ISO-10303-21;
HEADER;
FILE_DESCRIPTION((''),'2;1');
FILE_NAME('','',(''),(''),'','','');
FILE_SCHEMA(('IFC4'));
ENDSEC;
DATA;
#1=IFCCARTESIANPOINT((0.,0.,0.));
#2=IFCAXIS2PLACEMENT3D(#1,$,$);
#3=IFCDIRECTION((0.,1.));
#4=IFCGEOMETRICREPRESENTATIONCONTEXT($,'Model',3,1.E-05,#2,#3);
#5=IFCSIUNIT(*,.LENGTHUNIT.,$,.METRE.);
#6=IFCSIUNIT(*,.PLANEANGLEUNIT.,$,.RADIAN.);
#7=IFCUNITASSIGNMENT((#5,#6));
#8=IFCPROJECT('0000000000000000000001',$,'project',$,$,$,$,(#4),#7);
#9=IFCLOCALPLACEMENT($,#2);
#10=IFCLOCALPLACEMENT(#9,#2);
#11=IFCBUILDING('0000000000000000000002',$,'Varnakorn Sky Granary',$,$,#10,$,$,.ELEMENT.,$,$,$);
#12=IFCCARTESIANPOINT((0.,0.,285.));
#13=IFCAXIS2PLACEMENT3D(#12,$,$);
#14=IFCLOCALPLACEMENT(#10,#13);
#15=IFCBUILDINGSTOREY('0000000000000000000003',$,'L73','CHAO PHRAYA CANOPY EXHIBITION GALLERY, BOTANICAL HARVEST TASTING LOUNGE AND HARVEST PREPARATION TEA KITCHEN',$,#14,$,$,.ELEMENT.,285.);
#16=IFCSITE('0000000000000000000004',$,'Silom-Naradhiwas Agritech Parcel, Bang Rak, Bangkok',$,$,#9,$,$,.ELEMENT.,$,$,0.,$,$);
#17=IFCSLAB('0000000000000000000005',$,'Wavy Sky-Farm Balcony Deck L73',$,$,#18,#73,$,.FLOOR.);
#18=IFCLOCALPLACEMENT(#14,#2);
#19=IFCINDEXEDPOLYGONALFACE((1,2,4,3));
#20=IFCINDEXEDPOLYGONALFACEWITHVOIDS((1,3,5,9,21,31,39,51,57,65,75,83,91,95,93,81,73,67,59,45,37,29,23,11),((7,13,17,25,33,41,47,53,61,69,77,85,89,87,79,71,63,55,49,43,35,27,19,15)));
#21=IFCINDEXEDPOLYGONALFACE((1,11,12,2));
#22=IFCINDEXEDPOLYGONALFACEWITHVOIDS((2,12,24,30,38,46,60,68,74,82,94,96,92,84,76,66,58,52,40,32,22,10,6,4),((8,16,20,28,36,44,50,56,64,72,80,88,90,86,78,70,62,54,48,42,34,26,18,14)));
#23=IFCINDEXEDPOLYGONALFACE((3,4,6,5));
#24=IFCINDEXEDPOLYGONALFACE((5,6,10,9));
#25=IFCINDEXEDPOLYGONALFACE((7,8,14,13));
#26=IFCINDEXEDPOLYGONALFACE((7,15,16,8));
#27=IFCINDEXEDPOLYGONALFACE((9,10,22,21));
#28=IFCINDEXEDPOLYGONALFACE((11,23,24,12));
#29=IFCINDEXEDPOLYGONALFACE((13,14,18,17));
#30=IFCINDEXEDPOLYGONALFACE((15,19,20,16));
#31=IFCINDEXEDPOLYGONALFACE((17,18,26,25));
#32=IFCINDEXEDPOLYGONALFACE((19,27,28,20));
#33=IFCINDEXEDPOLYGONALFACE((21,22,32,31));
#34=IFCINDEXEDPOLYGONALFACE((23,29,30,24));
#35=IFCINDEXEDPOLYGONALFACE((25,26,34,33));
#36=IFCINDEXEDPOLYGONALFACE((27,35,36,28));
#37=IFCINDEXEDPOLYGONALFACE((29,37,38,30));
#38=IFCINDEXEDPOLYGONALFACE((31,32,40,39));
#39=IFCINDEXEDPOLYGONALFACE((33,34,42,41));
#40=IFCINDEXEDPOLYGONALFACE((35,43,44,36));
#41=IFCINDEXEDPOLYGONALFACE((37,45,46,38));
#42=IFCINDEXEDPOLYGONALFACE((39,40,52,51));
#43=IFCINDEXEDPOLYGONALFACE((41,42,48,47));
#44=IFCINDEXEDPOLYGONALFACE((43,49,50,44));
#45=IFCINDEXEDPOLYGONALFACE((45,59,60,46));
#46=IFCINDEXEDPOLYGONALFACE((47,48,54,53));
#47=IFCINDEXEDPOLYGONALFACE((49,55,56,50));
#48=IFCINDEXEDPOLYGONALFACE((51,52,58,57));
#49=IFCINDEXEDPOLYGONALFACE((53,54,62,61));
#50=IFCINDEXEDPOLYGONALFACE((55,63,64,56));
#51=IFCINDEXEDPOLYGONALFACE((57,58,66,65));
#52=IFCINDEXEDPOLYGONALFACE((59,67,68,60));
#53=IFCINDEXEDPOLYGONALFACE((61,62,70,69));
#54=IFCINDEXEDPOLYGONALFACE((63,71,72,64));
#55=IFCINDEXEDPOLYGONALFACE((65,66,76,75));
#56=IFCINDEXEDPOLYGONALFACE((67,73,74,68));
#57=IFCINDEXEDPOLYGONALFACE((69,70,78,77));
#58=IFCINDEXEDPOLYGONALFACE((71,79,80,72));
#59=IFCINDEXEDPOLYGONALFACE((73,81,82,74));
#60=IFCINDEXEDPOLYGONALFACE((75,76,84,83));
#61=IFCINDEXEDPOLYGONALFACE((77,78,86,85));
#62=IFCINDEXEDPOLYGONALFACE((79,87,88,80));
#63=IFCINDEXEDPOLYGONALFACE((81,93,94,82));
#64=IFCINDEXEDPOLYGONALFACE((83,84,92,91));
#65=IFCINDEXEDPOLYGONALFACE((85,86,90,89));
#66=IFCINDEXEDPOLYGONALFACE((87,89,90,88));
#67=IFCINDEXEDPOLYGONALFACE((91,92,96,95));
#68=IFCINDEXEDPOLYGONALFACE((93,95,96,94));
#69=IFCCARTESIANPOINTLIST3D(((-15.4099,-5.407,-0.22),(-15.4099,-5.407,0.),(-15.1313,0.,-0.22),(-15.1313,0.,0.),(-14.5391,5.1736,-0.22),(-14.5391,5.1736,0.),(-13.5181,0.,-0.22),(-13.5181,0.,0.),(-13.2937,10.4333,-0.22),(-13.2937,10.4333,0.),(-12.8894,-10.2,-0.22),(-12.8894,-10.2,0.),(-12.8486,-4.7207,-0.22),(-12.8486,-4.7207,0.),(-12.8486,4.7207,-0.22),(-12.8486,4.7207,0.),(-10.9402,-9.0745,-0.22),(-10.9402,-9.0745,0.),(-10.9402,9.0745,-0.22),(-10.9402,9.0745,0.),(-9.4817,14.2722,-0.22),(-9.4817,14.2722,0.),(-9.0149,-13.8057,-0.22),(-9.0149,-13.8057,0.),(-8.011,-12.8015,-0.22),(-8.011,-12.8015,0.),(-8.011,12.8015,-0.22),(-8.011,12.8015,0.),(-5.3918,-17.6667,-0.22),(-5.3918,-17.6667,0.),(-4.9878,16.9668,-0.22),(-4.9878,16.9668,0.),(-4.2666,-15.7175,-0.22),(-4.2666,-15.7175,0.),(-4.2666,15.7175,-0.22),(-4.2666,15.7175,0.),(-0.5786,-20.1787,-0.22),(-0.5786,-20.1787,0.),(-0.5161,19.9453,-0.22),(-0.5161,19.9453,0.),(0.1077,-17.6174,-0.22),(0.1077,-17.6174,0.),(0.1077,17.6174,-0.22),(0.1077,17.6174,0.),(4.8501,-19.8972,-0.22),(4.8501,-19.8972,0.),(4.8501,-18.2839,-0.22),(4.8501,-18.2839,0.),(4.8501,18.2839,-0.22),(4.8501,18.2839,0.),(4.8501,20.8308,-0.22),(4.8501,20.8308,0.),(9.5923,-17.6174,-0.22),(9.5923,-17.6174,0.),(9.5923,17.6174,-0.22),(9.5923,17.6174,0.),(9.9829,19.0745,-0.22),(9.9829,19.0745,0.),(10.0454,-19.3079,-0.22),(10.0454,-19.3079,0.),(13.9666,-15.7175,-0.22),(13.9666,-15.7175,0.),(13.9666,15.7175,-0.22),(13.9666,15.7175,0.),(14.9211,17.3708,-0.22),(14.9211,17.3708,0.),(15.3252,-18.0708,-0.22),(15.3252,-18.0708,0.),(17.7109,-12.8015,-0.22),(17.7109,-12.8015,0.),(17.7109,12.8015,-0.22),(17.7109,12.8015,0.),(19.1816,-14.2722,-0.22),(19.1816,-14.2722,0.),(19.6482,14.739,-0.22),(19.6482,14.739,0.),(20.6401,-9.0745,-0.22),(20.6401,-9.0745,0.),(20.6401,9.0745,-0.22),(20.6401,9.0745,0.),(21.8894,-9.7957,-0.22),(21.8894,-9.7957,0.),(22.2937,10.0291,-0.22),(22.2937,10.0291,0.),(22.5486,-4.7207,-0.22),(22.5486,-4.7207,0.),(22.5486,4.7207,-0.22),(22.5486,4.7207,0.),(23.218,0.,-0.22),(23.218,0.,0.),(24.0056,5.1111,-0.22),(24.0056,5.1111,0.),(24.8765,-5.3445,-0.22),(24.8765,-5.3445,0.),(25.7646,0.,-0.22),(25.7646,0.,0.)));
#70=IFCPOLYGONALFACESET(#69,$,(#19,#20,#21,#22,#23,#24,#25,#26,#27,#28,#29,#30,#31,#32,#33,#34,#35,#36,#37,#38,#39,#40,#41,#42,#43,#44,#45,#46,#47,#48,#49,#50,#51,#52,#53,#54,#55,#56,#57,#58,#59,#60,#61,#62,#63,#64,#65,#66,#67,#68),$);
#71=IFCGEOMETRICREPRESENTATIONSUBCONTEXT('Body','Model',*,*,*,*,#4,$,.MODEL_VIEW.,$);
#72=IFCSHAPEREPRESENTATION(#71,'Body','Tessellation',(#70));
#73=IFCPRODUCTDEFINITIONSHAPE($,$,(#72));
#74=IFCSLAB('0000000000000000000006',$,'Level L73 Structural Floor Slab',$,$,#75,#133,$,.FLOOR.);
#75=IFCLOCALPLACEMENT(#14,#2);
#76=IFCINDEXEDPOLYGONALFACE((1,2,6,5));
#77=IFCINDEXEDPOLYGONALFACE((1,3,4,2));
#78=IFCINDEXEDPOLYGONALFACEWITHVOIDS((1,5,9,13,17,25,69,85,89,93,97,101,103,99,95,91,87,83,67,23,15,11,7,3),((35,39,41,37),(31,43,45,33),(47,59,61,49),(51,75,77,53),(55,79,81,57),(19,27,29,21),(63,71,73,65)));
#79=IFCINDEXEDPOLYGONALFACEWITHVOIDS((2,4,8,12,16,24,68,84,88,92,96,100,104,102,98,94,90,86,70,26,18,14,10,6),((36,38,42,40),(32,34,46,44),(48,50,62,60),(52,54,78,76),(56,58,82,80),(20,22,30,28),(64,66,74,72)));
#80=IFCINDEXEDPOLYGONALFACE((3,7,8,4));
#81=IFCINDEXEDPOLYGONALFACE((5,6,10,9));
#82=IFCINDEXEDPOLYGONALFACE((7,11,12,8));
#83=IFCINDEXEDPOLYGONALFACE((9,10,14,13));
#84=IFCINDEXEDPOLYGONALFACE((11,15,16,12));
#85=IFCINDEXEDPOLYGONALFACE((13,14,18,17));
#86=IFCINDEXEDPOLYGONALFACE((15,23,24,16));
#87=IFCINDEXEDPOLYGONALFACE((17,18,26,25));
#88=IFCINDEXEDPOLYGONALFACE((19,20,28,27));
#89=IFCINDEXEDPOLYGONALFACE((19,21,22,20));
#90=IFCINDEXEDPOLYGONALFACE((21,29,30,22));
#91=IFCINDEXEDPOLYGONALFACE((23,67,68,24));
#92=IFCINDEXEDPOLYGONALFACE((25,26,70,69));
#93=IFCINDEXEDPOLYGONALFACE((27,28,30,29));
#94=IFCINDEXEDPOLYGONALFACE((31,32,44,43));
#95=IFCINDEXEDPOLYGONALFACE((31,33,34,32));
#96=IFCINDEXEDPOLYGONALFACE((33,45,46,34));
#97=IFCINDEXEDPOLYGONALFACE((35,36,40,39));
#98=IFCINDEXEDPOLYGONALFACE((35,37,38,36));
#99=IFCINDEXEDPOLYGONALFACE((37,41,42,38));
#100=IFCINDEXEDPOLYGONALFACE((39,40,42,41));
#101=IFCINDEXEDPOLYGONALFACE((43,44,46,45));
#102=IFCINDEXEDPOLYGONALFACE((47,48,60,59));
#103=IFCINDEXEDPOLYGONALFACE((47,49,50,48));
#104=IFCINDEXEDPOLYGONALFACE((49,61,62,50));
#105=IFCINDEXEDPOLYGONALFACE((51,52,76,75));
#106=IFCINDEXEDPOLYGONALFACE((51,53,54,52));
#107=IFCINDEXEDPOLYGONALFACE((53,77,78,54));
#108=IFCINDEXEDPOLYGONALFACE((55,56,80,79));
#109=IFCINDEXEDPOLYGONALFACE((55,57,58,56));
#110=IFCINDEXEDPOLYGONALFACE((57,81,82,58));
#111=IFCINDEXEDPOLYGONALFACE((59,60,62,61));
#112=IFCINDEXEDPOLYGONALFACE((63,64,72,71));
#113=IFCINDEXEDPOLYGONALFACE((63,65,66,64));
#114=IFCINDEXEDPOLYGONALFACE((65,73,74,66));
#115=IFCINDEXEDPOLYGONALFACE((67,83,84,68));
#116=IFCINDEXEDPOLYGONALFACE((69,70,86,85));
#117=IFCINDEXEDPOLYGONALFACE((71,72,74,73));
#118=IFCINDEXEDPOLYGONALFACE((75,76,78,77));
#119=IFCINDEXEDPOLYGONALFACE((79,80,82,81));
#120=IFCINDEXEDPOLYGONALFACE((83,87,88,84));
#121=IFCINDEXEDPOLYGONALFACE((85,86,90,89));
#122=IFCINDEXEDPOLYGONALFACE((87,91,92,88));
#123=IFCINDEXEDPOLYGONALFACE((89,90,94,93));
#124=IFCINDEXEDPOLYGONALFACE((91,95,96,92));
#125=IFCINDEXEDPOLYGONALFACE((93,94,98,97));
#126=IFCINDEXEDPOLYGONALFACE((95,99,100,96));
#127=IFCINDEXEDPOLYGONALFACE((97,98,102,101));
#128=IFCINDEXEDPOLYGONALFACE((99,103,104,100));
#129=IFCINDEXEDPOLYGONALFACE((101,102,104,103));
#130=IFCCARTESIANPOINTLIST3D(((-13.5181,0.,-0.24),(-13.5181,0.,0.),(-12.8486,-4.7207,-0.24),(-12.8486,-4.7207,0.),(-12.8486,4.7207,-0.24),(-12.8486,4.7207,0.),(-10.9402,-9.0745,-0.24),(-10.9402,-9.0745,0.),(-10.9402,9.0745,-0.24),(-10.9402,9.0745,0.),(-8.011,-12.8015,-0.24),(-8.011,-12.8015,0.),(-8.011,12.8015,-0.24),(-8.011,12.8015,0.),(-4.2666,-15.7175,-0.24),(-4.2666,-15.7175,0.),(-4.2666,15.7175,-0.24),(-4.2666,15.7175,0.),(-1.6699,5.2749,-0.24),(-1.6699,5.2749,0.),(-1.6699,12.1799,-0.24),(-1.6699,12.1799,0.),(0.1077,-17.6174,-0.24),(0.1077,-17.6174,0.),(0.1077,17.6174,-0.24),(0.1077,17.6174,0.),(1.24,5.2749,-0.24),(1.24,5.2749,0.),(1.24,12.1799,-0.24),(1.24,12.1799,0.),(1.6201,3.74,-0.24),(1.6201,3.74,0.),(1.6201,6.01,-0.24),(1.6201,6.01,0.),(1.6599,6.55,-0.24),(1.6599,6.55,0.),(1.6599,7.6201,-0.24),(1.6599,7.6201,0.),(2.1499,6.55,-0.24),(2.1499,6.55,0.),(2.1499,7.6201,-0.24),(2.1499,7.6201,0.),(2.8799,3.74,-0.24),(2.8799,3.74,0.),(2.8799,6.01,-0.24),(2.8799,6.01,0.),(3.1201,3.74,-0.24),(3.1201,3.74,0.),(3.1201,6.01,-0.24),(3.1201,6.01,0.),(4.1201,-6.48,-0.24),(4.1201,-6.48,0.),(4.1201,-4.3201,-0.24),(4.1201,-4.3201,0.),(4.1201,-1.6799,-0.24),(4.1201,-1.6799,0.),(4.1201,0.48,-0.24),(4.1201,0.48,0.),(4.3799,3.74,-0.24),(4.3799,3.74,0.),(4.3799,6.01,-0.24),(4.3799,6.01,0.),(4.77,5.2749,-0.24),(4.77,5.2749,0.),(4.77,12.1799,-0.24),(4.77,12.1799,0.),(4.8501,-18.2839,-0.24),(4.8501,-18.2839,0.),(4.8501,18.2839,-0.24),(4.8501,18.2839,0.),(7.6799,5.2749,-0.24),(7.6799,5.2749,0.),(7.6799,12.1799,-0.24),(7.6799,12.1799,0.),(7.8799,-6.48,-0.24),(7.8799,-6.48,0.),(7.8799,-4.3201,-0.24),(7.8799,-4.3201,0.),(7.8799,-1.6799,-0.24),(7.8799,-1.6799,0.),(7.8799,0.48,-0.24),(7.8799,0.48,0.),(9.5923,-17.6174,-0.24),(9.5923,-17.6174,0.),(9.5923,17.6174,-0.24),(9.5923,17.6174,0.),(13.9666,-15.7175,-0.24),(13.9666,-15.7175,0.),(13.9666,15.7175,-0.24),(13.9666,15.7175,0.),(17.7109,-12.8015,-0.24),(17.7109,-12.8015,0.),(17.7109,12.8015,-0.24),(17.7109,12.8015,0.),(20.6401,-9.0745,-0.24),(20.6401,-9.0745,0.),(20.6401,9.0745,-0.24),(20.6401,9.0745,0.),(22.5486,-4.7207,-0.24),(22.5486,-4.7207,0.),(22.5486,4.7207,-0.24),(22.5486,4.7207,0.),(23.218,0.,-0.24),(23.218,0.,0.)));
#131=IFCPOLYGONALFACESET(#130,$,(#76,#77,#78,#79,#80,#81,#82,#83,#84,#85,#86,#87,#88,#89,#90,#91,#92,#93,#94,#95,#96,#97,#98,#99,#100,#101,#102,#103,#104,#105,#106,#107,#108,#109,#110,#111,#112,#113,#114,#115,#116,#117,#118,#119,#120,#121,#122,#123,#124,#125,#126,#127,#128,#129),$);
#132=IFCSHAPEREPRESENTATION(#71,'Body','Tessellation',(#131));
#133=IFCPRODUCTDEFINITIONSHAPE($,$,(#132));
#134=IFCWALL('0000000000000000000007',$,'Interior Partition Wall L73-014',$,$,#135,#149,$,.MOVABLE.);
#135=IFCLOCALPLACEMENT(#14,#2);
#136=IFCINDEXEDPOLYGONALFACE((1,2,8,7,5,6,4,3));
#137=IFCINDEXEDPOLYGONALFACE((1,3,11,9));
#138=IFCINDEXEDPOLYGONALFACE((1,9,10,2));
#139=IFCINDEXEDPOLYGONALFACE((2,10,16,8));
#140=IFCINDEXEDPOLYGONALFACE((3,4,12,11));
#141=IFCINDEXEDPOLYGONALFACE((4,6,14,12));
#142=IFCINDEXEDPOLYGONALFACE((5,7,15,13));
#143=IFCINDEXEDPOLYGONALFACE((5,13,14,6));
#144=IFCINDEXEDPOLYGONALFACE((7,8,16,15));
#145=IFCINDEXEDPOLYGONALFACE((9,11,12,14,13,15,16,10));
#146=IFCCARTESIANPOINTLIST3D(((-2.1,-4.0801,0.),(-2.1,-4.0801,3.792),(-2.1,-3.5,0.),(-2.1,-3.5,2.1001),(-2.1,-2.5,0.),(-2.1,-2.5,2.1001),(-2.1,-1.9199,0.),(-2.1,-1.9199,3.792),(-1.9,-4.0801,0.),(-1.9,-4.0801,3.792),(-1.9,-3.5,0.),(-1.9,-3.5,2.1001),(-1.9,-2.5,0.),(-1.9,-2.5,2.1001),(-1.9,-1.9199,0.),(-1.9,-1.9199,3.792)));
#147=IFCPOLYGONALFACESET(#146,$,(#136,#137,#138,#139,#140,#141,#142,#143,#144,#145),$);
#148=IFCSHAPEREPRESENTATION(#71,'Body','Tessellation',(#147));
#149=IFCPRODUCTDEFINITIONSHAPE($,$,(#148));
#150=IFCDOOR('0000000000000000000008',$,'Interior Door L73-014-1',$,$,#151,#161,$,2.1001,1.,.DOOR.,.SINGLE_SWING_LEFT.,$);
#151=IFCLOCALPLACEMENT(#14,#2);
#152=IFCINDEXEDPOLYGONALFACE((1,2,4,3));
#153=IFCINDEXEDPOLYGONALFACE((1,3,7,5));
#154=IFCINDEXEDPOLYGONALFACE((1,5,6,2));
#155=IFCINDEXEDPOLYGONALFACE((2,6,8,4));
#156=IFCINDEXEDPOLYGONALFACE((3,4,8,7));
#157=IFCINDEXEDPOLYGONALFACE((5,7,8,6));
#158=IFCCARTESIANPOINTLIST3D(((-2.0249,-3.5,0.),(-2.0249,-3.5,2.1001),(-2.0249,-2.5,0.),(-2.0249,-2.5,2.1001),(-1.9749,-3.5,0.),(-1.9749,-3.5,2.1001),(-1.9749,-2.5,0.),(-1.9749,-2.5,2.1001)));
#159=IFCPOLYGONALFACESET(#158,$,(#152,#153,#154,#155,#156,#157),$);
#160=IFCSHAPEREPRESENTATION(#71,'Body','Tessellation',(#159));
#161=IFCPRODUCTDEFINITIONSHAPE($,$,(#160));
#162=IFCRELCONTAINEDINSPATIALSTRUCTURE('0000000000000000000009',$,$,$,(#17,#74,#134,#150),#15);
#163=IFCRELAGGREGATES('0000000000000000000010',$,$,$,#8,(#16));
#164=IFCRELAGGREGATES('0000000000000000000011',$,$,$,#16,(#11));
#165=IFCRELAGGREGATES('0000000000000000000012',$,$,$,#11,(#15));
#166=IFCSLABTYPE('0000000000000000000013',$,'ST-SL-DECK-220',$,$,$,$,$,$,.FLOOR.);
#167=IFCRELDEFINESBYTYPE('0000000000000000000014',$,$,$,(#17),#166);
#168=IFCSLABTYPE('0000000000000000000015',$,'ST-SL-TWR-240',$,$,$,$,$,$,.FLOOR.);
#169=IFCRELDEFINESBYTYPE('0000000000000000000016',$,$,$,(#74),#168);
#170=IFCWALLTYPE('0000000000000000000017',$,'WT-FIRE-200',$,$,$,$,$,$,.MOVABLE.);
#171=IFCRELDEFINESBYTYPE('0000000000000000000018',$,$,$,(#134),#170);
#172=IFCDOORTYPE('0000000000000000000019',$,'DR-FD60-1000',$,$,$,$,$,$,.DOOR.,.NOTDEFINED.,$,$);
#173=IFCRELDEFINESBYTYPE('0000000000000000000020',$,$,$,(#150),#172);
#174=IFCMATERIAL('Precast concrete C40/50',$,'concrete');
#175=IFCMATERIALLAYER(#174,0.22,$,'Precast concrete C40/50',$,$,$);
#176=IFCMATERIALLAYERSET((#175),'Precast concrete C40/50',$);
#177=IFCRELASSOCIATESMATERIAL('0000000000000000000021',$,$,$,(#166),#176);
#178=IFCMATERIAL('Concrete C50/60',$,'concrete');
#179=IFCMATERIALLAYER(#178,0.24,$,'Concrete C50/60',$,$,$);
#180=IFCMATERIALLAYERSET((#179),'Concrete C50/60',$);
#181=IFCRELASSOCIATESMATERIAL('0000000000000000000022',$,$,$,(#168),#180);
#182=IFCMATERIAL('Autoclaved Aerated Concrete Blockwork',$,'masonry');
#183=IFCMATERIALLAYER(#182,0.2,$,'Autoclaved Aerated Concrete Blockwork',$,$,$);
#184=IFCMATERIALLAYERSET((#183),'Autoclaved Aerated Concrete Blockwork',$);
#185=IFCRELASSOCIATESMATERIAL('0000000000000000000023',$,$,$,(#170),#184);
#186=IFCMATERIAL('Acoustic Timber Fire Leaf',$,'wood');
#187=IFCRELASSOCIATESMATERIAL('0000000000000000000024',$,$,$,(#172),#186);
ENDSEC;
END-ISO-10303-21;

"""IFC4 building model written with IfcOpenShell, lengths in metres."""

from ifc_helpers import new_model, si_unit, direction, frame, frame_2d, origin, place, context, subcontext, project, spatial, polyline, rectangle, outline, extrude, material, layer, layer_set, type_object, element, fill, save


model = new_model("IFC4")

# Units and contexts
model_context = context("Model", 3, precision=1e-05, world=origin(), true_north=direction((0.0, 1.0)))
body_context = subcontext(model_context, "Body", "Model", "MODEL_VIEW")
ifc_project = project(units=[si_unit("LENGTHUNIT", "METRE"), si_unit("PLANEANGLEUNIT", "RADIAN")], contexts=[model_context])

# Site, building, storey
site_placement = place(None, origin())
site = spatial("IfcSite", under=ifc_project, at=site_placement, Name="Silom-Naradhiwas Agritech Parcel, Bang Rak, Bangkok", CompositionType="ELEMENT", RefElevation=0.0)
building_placement = place(site_placement, origin())
building = spatial("IfcBuilding", under=site, at=building_placement, Name="Varnakorn Sky Granary", CompositionType="ELEMENT")
storey_placement = place(building_placement, frame((0.0, 0.0, 285.0)))
storey = spatial("IfcBuildingStorey", under=building, at=storey_placement, Name="L73", Description="CHAO PHRAYA CANOPY EXHIBITION GALLERY, BOTANICAL HARVEST TASTING LOUNGE AND HARVEST PREPARATION TEA KITCHEN", CompositionType="ELEMENT", Elevation=285.0)

# Shared definitions
ifc_material_1 = material(Name="Concrete C50/60", Category="concrete")

# Slabs
ifc_material_2 = material(Name="Precast concrete C40/50", Category="concrete")
ifc_layer_1 = layer(ifc_material_2, 0.22, Name="Precast concrete C40/50")
ifc_layer_set_1 = layer_set([ifc_layer_1], Name="Precast concrete C40/50")
slab_type_1 = type_object("IfcSlabType", Name="ST-SL-DECK-220", PredefinedType="FLOOR", material=ifc_layer_set_1)
slab_1_placement = place(storey_placement, frame((0.0, 0.0, -0.22)))
element("IfcSlab", 1, at=slab_1_placement, inside=storey, type_object=slab_type_1, Name="Wavy Sky-Farm Balcony Deck L73", PredefinedType="FLOOR", context=body_context, shape_type="SweptSolid", body=[
    extrude(outline(polyline([(25.7646, 0.0), (24.0056, 5.1111), (22.2937, 10.0291), (19.6482, 14.739), (14.9211, 17.3708), (9.9829, 19.0745), (4.8501, 20.8308), (-0.5161, 19.9453), (-4.9878, 16.9668), (-9.4817, 14.2722), (-13.2937, 10.4333), (-14.5391, 5.1736), (-15.1313, 0.0), (-15.4099, -5.407), (-12.8894, -10.2), (-9.0149, -13.8057), (-5.3918, -17.6667), (-0.5786, -20.1787), (4.8501, -19.8972), (10.0454, -19.3079), (15.3252, -18.0708), (19.1816, -14.2722), (21.8894, -9.7957), (24.8765, -5.3445), (25.7646, 0.0)]), holes=[polyline([(23.218, 0.0), (22.5486, 4.7207), (20.6401, 9.0745), (17.7109, 12.8015), (13.9666, 15.7175), (9.5923, 17.6174), (4.8501, 18.2839), (0.1077, 17.6174), (-4.2666, 15.7175), (-8.011, 12.8015), (-10.9402, 9.0745), (-12.8486, 4.7207), (-13.5181, 0.0), (-12.8486, -4.7207), (-10.9402, -9.0745), (-8.011, -12.8015), (-4.2666, -15.7175), (0.1077, -17.6174), (4.8501, -18.2839), (9.5923, -17.6174), (13.9666, -15.7175), (17.7109, -12.8015), (20.6401, -9.0745), (22.5486, -4.7207), (23.218, 0.0)])]), origin(), (0.0, 0.0, 1.0), 0.22),
])
ifc_layer_2 = layer(ifc_material_1, 0.24, Name="Concrete C50/60")
ifc_layer_set_2 = layer_set([ifc_layer_2], Name="Concrete C50/60")
slab_type_2 = type_object("IfcSlabType", Name="ST-SL-TWR-240", PredefinedType="FLOOR", material=ifc_layer_set_2)
slab_2_placement = place(storey_placement, frame((0.0, 0.0, -0.24)))
element("IfcSlab", 2, at=slab_2_placement, inside=storey, type_object=slab_type_2, Name="Level L73 Structural Floor Slab", PredefinedType="FLOOR", context=body_context, shape_type="SweptSolid", body=[
    extrude(outline(polyline([(23.218, 0.0), (22.5486, 4.7207), (20.6401, 9.0745), (17.7109, 12.8015), (13.9666, 15.7175), (9.5923, 17.6174), (4.8501, 18.2839), (0.1077, 17.6174), (-4.2666, 15.7175), (-8.011, 12.8015), (-10.9402, 9.0745), (-12.8486, 4.7207), (-13.5181, 0.0), (-12.8486, -4.7207), (-10.9402, -9.0745), (-8.011, -12.8015), (-4.2666, -15.7175), (0.1077, -17.6174), (4.8501, -18.2839), (9.5923, -17.6174), (13.9666, -15.7175), (17.7109, -12.8015), (20.6401, -9.0745), (22.5486, -4.7207), (23.218, 0.0)]), holes=[polyline([(1.24, 5.2749), (1.24, 12.1799), (-1.6699, 12.1799), (-1.6699, 5.2749), (1.24, 5.2749)]), polyline([(7.6799, 5.2749), (7.6799, 12.1799), (4.77, 12.1799), (4.77, 5.2749), (7.6799, 5.2749)]), polyline([(1.6599, 6.55), (2.1499, 6.55), (2.1499, 7.6201), (1.6599, 7.6201), (1.6599, 6.55)]), polyline([(1.6201, 3.74), (2.8799, 3.74), (2.8799, 6.01), (1.6201, 6.01), (1.6201, 3.74)]), polyline([(3.1201, 3.74), (4.3799, 3.74), (4.3799, 6.01), (3.1201, 6.01), (3.1201, 3.74)]), polyline([(4.1201, -1.6799), (7.8799, -1.6799), (7.8799, 0.48), (4.1201, 0.48), (4.1201, -1.6799)]), polyline([(4.1201, -6.48), (7.8799, -6.48), (7.8799, -4.3201), (4.1201, -4.3201), (4.1201, -6.48)])]), origin(), (0.0, 0.0, 1.0), 0.24),
])

# Wall, opening, door
ifc_material_3 = material(Name="Autoclaved Aerated Concrete Blockwork", Category="masonry")
ifc_layer_3 = layer(ifc_material_3, 0.2, Name="Autoclaved Aerated Concrete Blockwork")
ifc_layer_set_3 = layer_set([ifc_layer_3], Name="Autoclaved Aerated Concrete Blockwork")
wall_type_1 = type_object("IfcWallType", Name="WT-FIRE-200", PredefinedType="MOVABLE", material=ifc_layer_set_3)
wall_1_placement = place(storey_placement, frame((-2.0, -4.0801, 0.0), z_axis=(0.0, 0.0, 1.0), x_axis=(0.0, 1.0, 0.0)))
wall_1 = element("IfcWall", 3, at=wall_1_placement, inside=storey, type_object=wall_type_1, Name="Interior Partition Wall L73-014", PredefinedType="MOVABLE", context=body_context, shape_type="SweptSolid", body=[
    extrude(rectangle(XDim=2.1602, YDim=0.2, at=frame_2d((1.0801, 0.0))), origin(), (0.0, 0.0, 1.0), 3.792),
])
opening_1_placement = place(wall_1_placement, frame((0.5801, 0.0, 0.0)))
opening_1 = element("IfcOpeningElement", 4, at=opening_1_placement, cuts=wall_1, PredefinedType="OPENING", context=body_context, shape_type="SweptSolid", body=[
    extrude(rectangle(XDim=1.0, YDim=2.1001, at=frame_2d((0.5, 1.05))), frame((0.0, 0.1099, 0.0), z_axis=(0.0, -1.0, 0.0), x_axis=(1.0, 0.0, 0.0)), (0.0, 0.0, 1.0), 0.22),
])
ifc_material_4 = material(Name="Acoustic Timber Fire Leaf", Category="wood")
door_type_1 = type_object("IfcDoorType", Name="DR-FD60-1000", OperationType="NOTDEFINED", PredefinedType="DOOR", material=ifc_material_4)
door_1_placement = place(opening_1_placement, origin())
door_1 = element("IfcDoor", 5, at=door_1_placement, inside=storey, type_object=door_type_1, Name="Interior Door L73-014-1", OperationType="SINGLE_SWING_LEFT", OverallHeight=2.1001, OverallWidth=1.0, PredefinedType="DOOR", context=body_context, shape_type="SweptSolid", body=[
    extrude(rectangle(XDim=1.0, YDim=2.1001, at=frame_2d((0.5, 1.05))), frame((0.0, 0.0249, 0.0), z_axis=(0.0, -1.0, 0.0), x_axis=(1.0, 0.0, 0.0)), (0.0, 0.0, 1.0), 0.05),
])
fill(opening_1, door_1)

save(model, "model.ifc")
